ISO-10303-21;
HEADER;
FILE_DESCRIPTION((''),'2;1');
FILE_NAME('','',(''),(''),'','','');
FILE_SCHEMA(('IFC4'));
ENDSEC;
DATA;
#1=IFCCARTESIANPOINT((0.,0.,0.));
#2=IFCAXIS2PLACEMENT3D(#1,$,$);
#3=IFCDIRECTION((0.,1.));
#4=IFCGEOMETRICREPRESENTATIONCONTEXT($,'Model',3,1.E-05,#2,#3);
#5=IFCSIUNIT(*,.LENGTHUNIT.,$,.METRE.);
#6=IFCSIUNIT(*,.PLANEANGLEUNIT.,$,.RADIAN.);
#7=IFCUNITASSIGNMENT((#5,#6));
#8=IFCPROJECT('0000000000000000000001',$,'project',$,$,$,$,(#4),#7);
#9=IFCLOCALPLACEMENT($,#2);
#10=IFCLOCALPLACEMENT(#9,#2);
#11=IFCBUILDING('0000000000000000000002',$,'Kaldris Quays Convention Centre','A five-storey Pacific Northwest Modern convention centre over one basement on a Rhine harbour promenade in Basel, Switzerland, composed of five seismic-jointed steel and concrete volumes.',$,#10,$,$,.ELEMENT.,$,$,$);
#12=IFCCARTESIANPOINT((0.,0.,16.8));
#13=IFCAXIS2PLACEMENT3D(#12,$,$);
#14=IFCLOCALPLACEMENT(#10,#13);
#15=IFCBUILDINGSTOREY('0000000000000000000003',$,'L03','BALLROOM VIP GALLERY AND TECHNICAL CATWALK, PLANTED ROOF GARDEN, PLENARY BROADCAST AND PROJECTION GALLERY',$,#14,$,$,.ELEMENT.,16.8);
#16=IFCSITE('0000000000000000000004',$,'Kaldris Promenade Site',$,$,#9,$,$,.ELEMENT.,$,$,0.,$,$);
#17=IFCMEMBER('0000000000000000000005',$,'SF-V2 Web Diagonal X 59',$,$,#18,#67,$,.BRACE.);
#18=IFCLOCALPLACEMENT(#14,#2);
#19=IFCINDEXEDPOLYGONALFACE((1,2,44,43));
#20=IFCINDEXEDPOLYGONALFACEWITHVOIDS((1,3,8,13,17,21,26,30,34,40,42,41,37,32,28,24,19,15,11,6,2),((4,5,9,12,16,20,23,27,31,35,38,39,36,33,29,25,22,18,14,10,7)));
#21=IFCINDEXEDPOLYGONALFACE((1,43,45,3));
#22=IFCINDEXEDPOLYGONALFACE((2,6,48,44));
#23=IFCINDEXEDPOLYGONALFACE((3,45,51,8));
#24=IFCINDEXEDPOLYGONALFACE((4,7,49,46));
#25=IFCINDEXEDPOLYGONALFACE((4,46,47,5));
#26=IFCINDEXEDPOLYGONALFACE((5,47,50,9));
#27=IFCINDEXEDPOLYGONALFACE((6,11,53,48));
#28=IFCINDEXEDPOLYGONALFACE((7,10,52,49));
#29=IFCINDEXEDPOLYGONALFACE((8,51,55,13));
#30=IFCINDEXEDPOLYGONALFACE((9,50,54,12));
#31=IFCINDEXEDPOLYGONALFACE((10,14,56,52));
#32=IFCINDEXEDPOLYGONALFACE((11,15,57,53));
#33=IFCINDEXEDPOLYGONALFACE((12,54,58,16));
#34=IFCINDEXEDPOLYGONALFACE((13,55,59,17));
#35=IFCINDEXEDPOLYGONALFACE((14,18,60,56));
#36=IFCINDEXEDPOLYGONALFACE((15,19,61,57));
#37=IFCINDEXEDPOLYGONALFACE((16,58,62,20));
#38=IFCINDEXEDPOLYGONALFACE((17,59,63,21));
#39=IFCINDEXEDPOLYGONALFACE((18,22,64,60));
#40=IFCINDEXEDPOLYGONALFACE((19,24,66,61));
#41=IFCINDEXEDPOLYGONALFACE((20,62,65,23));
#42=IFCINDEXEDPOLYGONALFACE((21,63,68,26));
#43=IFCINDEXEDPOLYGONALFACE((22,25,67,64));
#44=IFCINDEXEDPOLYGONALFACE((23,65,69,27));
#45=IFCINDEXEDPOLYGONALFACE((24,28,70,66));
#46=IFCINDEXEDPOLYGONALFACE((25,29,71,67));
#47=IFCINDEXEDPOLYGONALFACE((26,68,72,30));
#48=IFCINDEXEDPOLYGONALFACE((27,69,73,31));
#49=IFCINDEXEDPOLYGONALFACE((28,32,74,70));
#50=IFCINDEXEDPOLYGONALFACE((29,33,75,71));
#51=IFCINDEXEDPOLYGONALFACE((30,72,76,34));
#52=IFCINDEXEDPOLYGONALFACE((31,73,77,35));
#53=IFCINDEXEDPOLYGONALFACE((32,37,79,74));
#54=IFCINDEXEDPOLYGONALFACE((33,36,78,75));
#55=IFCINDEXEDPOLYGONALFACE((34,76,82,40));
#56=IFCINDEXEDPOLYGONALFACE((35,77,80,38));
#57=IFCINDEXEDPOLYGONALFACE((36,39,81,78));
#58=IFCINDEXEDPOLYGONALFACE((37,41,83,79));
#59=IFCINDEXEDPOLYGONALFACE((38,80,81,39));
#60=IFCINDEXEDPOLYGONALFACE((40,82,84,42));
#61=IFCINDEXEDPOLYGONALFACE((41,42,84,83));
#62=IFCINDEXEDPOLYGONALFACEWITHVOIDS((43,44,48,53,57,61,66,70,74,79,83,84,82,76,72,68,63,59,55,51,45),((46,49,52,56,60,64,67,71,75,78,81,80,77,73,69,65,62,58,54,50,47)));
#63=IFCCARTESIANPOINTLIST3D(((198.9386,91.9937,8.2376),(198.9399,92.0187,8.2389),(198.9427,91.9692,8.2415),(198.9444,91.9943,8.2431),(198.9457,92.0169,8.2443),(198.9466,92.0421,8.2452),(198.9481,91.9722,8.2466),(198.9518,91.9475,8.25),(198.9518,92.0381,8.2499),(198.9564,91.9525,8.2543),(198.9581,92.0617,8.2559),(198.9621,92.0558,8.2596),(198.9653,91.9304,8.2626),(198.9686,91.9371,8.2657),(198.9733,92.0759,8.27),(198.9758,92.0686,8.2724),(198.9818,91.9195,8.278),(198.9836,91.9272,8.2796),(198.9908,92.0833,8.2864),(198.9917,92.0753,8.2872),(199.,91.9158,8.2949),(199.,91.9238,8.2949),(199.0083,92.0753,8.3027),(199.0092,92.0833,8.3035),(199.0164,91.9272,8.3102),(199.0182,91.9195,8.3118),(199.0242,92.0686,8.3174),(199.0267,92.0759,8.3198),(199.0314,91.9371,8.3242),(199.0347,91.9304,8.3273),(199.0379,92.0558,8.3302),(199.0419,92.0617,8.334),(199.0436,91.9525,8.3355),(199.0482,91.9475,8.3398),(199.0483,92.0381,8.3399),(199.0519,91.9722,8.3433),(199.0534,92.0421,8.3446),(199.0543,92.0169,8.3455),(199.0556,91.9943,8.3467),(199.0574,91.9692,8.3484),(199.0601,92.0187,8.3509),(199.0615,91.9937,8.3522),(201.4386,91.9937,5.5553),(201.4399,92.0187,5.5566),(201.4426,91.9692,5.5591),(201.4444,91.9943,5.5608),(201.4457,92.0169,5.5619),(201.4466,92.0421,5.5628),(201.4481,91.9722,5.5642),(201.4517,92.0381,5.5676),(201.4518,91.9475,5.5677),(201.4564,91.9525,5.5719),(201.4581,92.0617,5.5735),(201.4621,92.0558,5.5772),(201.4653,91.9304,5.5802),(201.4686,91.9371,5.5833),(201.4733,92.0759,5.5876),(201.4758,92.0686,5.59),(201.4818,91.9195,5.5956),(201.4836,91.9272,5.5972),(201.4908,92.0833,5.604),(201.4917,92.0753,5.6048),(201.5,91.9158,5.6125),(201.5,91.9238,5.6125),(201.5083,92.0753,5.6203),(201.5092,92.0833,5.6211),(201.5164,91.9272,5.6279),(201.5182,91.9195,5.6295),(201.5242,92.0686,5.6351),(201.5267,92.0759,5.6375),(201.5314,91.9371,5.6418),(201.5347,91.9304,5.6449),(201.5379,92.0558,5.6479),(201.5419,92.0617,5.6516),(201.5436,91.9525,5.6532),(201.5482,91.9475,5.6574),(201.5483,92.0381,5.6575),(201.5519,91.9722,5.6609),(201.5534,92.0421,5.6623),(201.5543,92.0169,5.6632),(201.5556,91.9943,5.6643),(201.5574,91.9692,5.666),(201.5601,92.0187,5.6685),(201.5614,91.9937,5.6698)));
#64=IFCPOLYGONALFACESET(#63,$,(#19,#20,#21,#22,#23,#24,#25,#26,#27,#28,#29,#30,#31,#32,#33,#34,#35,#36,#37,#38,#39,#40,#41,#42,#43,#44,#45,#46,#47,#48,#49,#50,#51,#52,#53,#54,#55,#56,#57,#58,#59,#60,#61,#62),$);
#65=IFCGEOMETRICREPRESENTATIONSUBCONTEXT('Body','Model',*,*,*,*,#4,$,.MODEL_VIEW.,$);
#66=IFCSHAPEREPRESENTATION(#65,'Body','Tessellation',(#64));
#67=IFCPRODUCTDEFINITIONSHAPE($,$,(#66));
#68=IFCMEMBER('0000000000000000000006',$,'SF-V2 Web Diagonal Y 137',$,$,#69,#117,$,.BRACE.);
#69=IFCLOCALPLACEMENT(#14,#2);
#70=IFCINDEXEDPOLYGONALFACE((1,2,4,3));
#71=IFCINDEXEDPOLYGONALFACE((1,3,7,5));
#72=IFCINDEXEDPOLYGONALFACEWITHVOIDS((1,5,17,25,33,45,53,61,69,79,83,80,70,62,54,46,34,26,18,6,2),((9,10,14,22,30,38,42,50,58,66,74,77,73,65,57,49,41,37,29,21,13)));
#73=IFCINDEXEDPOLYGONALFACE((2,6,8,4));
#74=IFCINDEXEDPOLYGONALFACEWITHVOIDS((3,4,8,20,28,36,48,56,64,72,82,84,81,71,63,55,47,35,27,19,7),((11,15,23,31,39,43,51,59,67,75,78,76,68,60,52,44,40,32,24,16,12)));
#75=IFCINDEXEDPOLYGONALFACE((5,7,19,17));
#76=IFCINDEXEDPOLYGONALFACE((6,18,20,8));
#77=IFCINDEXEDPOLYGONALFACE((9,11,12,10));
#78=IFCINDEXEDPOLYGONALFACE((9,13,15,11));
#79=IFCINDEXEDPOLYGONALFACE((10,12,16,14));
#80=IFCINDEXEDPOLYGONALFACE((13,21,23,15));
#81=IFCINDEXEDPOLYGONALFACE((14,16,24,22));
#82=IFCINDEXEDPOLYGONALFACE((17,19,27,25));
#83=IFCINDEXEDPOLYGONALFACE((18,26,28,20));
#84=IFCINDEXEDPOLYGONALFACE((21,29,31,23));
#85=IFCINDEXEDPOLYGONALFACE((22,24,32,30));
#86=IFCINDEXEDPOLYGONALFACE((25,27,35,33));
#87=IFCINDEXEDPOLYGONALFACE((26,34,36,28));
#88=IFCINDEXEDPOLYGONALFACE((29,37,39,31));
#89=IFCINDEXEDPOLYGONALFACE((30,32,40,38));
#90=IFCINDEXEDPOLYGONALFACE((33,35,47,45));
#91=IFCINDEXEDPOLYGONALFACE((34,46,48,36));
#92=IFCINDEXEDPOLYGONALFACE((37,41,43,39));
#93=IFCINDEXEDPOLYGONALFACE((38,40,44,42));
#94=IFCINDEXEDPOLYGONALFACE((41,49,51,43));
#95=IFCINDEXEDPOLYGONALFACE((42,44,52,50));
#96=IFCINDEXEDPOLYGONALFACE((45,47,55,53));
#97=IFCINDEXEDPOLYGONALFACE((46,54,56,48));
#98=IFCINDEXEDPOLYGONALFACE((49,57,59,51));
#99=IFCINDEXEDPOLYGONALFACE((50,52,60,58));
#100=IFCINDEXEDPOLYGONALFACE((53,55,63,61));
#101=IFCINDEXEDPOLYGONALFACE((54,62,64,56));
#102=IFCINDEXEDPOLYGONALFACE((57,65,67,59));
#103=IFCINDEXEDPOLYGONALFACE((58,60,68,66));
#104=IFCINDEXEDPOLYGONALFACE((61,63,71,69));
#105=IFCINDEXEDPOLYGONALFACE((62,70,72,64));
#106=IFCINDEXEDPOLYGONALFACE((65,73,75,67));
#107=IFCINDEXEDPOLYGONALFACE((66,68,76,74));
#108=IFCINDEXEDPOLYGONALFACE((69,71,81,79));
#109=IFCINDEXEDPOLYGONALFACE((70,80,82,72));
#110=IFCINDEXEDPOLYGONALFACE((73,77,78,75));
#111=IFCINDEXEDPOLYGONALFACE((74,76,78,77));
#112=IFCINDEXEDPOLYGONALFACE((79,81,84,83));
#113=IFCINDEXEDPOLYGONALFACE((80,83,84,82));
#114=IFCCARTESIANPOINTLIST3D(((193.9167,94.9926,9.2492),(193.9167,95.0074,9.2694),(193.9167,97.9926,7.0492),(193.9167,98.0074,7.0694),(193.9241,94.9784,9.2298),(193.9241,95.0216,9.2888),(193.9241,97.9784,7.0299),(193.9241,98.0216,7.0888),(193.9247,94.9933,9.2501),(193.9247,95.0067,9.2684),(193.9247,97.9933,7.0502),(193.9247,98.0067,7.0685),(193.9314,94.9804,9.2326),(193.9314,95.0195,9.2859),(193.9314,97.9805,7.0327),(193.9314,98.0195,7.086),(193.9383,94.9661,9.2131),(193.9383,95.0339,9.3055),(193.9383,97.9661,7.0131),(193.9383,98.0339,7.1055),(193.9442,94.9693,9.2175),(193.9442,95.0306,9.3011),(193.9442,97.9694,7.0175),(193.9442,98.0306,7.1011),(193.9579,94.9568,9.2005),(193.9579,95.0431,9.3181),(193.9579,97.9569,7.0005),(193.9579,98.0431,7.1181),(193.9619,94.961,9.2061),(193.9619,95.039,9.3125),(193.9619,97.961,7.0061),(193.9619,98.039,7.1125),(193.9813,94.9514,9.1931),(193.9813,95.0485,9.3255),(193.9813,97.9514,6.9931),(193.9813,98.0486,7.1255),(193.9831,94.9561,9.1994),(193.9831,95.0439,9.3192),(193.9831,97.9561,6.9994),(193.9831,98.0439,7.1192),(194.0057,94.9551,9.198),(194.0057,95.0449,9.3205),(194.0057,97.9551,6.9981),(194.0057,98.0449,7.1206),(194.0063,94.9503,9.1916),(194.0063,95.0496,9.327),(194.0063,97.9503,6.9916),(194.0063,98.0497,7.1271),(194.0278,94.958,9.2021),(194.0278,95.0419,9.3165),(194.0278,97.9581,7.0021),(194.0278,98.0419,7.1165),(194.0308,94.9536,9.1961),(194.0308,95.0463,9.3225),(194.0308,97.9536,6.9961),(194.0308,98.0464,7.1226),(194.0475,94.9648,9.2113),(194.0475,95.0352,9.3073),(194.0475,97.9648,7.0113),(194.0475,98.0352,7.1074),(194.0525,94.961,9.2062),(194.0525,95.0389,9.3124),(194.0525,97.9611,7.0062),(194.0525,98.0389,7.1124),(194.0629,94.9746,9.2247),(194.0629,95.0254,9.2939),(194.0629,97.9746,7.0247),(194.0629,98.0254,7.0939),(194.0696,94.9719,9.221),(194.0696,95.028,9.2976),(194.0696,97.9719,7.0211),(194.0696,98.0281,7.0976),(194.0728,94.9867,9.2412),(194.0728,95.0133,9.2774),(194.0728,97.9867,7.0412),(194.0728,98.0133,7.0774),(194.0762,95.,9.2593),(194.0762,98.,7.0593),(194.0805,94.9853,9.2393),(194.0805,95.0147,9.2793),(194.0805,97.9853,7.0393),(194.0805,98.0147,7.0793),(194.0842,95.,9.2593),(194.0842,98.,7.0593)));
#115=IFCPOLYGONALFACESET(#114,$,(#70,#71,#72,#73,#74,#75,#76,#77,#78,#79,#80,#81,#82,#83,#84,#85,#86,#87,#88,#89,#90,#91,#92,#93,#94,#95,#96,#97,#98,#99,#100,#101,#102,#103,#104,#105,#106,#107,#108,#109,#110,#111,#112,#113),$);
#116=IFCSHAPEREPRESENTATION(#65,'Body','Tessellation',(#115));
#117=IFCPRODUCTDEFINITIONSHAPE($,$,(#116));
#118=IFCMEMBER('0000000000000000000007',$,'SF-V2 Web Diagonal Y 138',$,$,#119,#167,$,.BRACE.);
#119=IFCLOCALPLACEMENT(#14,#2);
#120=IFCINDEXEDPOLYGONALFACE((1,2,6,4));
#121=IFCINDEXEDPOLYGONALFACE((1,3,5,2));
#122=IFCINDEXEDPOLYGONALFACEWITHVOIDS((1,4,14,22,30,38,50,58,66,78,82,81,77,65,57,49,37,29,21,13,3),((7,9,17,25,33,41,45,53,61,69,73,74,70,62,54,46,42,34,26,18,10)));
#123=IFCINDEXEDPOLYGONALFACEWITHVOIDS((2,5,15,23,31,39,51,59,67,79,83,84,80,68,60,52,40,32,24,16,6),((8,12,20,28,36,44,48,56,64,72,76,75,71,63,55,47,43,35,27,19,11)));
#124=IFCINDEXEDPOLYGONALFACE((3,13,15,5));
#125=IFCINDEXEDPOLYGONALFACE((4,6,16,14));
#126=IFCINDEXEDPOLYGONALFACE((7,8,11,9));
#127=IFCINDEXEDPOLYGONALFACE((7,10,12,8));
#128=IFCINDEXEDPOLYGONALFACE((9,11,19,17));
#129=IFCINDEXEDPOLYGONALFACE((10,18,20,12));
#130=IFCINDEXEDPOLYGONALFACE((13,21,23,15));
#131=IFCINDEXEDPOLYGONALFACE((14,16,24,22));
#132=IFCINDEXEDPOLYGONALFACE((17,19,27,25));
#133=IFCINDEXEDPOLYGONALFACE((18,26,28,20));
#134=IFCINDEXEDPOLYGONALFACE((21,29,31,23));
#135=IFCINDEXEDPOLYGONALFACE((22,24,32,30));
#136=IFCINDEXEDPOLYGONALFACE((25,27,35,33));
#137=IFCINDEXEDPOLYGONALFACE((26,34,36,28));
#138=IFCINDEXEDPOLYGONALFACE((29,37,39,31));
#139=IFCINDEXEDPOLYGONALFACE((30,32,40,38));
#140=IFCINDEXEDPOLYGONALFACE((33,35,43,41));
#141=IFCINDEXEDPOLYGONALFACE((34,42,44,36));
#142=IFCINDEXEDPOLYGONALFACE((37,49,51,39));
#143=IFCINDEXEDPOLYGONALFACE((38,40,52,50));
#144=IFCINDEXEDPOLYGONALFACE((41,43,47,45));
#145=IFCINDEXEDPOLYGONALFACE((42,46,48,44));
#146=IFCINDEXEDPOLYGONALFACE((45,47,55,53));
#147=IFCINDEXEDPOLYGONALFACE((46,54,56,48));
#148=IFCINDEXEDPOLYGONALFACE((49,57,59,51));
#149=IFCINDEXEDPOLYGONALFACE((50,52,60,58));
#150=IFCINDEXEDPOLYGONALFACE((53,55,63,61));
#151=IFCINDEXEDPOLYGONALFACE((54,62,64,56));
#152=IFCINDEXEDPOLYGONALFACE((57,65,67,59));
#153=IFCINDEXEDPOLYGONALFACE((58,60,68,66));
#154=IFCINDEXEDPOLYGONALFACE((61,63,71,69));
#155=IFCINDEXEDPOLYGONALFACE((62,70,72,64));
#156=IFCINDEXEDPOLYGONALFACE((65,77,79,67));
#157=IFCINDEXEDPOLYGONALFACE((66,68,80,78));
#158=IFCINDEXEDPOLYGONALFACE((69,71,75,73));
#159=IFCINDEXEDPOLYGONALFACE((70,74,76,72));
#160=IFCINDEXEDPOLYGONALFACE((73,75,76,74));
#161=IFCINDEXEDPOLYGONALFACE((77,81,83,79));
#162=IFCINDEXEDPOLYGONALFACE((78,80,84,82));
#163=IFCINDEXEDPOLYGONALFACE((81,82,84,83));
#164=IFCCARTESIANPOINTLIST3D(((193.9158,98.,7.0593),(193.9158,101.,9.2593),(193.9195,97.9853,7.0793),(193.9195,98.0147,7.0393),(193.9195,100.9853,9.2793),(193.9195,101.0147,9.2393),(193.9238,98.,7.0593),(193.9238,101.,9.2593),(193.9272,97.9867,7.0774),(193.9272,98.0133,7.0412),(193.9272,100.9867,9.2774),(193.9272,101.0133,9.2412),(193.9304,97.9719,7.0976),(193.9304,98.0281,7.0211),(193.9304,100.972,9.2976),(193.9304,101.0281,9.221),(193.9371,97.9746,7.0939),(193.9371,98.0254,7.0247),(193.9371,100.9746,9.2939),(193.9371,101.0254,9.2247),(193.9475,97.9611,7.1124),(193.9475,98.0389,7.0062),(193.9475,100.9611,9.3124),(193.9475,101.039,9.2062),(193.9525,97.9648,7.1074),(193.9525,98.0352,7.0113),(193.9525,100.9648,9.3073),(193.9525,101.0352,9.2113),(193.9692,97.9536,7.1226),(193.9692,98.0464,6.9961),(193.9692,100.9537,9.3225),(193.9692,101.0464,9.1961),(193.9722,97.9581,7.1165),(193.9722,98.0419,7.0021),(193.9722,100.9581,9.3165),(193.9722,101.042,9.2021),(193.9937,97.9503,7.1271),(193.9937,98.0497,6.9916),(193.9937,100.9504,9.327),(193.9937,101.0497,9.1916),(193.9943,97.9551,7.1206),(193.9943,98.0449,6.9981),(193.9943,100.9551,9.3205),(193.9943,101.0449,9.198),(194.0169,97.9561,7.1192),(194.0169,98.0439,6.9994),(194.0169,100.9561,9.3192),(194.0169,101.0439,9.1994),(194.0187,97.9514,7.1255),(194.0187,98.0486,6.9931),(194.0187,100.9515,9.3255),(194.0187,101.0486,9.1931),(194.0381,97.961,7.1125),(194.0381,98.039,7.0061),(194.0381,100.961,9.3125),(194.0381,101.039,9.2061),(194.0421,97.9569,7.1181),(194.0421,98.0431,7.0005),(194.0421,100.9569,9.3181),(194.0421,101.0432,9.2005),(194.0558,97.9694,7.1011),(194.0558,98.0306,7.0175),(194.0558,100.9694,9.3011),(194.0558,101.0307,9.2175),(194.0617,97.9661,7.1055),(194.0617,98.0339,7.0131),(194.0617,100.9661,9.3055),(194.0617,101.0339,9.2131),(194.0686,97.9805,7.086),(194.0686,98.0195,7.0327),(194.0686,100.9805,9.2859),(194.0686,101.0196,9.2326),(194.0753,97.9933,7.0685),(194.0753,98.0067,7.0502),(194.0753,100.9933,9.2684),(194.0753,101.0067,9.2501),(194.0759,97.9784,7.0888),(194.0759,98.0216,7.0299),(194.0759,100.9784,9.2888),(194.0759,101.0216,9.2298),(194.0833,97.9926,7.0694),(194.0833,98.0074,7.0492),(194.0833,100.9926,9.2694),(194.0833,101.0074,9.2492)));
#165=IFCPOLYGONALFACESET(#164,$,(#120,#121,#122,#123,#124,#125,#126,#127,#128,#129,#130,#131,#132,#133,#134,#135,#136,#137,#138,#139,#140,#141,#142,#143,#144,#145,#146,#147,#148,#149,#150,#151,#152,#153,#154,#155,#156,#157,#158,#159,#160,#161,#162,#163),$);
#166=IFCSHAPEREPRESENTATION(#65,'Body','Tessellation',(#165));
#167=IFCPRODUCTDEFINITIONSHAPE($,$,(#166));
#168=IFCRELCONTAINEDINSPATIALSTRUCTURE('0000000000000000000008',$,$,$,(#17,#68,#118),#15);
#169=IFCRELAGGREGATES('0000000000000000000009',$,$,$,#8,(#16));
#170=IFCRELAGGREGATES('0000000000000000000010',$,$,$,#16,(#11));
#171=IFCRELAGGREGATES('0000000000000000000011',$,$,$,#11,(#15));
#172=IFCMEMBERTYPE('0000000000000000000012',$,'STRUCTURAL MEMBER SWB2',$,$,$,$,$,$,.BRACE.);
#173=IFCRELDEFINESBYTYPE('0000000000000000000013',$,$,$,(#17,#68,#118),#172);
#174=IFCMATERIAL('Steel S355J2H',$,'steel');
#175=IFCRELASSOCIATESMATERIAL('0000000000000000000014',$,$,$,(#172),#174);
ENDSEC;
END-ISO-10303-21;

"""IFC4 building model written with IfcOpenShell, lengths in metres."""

from ifc_helpers import new_model, si_unit, direction, frame, origin, origin_2d, place, context, subcontext, project, spatial, hollow_circle, extrude, material, material_profile, profile_set, type_object, element, save


model = new_model("IFC4")

# Units and contexts
model_context = context("Model", 3, precision=1e-05, world=origin(), true_north=direction((0.0, 1.0)))
body_context = subcontext(model_context, "Body", "Model", "MODEL_VIEW")
ifc_project = project(units=[si_unit("LENGTHUNIT", "METRE"), si_unit("PLANEANGLEUNIT", "RADIAN")], contexts=[model_context])

# Site, building, storey
site_placement = place(None, origin())
site = spatial("IfcSite", under=ifc_project, at=site_placement, Name="Kaldris Promenade Site", CompositionType="ELEMENT", RefElevation=0.0)
building_placement = place(site_placement, origin())
building = spatial("IfcBuilding", under=site, at=building_placement, Name="Kaldris Quays Convention Centre", Description="A five-storey Pacific Northwest Modern convention centre over one basement on a Rhine harbour promenade in Basel, Switzerland, composed of five seismic-jointed steel and concrete volumes.", CompositionType="ELEMENT")
storey_placement = place(building_placement, frame((0.0, 0.0, 16.8)))
storey = spatial("IfcBuildingStorey", under=building, at=storey_placement, Name="L03", Description="BALLROOM VIP GALLERY AND TECHNICAL CATWALK, PLANTED ROOF GARDEN, PLENARY BROADCAST AND PROJECTION GALLERY", CompositionType="ELEMENT", Elevation=16.8)

# Members
ifc_material_1 = material(Name="Steel S355J2H", Category="steel")
ifc_material_profile_1 = material_profile(ifc_material_1, hollow_circle(Radius=0.0842, WallThickness=0.0081, at=origin_2d()), Name="CHS 168.3x8")
ifc_profile_set_1 = profile_set([ifc_material_profile_1], Name="Steel S355J2H")
member_type_1 = type_object("IfcMemberType", Name="STRUCTURAL MEMBER SWB2", PredefinedType="BRACE", material=ifc_profile_set_1)
member_1_placement = place(storey_placement, frame((201.5, 92.0, 5.6125), z_axis=(-0.681801, 0.0, 0.731538), x_axis=(0.0, -1.0, 0.0)))
element("IfcMember", 1, at=member_1_placement, inside=storey, type_object=member_type_1, Name="SF-V2 Web Diagonal X 59", PredefinedType="BRACE", context=body_context, shape_type="SweptSolid", body=[
    extrude(hollow_circle(Radius=0.0842, WallThickness=0.0081, at=origin_2d()), origin(), (0.0, 0.0, 1.0), 3.6667),
])
for number, where, z_axis, x_axis, name in (
    (2, (194.0, 98.0, 7.0593), (0.0, -0.806411, 0.591355), (1.0, 0.0, 0.0), "SF-V2 Web Diagonal Y 137"),
    (3, (194.0, 98.0, 7.0593), (0.0, 0.806411, 0.591355), (-1.0, 0.0, 0.0), "SF-V2 Web Diagonal Y 138"),
):
    element("IfcMember", number, at=place(storey_placement, frame(where, z_axis=z_axis, x_axis=x_axis)), inside=storey, type_object=member_type_1, Name=name, PredefinedType="BRACE", context=body_context, shape_type="SweptSolid", body=[
        extrude(hollow_circle(Radius=0.0842, WallThickness=0.0081, at=origin_2d()), origin(), (0.0, 0.0, 1.0), 3.7202),
    ])

save(model, "model.ifc")
